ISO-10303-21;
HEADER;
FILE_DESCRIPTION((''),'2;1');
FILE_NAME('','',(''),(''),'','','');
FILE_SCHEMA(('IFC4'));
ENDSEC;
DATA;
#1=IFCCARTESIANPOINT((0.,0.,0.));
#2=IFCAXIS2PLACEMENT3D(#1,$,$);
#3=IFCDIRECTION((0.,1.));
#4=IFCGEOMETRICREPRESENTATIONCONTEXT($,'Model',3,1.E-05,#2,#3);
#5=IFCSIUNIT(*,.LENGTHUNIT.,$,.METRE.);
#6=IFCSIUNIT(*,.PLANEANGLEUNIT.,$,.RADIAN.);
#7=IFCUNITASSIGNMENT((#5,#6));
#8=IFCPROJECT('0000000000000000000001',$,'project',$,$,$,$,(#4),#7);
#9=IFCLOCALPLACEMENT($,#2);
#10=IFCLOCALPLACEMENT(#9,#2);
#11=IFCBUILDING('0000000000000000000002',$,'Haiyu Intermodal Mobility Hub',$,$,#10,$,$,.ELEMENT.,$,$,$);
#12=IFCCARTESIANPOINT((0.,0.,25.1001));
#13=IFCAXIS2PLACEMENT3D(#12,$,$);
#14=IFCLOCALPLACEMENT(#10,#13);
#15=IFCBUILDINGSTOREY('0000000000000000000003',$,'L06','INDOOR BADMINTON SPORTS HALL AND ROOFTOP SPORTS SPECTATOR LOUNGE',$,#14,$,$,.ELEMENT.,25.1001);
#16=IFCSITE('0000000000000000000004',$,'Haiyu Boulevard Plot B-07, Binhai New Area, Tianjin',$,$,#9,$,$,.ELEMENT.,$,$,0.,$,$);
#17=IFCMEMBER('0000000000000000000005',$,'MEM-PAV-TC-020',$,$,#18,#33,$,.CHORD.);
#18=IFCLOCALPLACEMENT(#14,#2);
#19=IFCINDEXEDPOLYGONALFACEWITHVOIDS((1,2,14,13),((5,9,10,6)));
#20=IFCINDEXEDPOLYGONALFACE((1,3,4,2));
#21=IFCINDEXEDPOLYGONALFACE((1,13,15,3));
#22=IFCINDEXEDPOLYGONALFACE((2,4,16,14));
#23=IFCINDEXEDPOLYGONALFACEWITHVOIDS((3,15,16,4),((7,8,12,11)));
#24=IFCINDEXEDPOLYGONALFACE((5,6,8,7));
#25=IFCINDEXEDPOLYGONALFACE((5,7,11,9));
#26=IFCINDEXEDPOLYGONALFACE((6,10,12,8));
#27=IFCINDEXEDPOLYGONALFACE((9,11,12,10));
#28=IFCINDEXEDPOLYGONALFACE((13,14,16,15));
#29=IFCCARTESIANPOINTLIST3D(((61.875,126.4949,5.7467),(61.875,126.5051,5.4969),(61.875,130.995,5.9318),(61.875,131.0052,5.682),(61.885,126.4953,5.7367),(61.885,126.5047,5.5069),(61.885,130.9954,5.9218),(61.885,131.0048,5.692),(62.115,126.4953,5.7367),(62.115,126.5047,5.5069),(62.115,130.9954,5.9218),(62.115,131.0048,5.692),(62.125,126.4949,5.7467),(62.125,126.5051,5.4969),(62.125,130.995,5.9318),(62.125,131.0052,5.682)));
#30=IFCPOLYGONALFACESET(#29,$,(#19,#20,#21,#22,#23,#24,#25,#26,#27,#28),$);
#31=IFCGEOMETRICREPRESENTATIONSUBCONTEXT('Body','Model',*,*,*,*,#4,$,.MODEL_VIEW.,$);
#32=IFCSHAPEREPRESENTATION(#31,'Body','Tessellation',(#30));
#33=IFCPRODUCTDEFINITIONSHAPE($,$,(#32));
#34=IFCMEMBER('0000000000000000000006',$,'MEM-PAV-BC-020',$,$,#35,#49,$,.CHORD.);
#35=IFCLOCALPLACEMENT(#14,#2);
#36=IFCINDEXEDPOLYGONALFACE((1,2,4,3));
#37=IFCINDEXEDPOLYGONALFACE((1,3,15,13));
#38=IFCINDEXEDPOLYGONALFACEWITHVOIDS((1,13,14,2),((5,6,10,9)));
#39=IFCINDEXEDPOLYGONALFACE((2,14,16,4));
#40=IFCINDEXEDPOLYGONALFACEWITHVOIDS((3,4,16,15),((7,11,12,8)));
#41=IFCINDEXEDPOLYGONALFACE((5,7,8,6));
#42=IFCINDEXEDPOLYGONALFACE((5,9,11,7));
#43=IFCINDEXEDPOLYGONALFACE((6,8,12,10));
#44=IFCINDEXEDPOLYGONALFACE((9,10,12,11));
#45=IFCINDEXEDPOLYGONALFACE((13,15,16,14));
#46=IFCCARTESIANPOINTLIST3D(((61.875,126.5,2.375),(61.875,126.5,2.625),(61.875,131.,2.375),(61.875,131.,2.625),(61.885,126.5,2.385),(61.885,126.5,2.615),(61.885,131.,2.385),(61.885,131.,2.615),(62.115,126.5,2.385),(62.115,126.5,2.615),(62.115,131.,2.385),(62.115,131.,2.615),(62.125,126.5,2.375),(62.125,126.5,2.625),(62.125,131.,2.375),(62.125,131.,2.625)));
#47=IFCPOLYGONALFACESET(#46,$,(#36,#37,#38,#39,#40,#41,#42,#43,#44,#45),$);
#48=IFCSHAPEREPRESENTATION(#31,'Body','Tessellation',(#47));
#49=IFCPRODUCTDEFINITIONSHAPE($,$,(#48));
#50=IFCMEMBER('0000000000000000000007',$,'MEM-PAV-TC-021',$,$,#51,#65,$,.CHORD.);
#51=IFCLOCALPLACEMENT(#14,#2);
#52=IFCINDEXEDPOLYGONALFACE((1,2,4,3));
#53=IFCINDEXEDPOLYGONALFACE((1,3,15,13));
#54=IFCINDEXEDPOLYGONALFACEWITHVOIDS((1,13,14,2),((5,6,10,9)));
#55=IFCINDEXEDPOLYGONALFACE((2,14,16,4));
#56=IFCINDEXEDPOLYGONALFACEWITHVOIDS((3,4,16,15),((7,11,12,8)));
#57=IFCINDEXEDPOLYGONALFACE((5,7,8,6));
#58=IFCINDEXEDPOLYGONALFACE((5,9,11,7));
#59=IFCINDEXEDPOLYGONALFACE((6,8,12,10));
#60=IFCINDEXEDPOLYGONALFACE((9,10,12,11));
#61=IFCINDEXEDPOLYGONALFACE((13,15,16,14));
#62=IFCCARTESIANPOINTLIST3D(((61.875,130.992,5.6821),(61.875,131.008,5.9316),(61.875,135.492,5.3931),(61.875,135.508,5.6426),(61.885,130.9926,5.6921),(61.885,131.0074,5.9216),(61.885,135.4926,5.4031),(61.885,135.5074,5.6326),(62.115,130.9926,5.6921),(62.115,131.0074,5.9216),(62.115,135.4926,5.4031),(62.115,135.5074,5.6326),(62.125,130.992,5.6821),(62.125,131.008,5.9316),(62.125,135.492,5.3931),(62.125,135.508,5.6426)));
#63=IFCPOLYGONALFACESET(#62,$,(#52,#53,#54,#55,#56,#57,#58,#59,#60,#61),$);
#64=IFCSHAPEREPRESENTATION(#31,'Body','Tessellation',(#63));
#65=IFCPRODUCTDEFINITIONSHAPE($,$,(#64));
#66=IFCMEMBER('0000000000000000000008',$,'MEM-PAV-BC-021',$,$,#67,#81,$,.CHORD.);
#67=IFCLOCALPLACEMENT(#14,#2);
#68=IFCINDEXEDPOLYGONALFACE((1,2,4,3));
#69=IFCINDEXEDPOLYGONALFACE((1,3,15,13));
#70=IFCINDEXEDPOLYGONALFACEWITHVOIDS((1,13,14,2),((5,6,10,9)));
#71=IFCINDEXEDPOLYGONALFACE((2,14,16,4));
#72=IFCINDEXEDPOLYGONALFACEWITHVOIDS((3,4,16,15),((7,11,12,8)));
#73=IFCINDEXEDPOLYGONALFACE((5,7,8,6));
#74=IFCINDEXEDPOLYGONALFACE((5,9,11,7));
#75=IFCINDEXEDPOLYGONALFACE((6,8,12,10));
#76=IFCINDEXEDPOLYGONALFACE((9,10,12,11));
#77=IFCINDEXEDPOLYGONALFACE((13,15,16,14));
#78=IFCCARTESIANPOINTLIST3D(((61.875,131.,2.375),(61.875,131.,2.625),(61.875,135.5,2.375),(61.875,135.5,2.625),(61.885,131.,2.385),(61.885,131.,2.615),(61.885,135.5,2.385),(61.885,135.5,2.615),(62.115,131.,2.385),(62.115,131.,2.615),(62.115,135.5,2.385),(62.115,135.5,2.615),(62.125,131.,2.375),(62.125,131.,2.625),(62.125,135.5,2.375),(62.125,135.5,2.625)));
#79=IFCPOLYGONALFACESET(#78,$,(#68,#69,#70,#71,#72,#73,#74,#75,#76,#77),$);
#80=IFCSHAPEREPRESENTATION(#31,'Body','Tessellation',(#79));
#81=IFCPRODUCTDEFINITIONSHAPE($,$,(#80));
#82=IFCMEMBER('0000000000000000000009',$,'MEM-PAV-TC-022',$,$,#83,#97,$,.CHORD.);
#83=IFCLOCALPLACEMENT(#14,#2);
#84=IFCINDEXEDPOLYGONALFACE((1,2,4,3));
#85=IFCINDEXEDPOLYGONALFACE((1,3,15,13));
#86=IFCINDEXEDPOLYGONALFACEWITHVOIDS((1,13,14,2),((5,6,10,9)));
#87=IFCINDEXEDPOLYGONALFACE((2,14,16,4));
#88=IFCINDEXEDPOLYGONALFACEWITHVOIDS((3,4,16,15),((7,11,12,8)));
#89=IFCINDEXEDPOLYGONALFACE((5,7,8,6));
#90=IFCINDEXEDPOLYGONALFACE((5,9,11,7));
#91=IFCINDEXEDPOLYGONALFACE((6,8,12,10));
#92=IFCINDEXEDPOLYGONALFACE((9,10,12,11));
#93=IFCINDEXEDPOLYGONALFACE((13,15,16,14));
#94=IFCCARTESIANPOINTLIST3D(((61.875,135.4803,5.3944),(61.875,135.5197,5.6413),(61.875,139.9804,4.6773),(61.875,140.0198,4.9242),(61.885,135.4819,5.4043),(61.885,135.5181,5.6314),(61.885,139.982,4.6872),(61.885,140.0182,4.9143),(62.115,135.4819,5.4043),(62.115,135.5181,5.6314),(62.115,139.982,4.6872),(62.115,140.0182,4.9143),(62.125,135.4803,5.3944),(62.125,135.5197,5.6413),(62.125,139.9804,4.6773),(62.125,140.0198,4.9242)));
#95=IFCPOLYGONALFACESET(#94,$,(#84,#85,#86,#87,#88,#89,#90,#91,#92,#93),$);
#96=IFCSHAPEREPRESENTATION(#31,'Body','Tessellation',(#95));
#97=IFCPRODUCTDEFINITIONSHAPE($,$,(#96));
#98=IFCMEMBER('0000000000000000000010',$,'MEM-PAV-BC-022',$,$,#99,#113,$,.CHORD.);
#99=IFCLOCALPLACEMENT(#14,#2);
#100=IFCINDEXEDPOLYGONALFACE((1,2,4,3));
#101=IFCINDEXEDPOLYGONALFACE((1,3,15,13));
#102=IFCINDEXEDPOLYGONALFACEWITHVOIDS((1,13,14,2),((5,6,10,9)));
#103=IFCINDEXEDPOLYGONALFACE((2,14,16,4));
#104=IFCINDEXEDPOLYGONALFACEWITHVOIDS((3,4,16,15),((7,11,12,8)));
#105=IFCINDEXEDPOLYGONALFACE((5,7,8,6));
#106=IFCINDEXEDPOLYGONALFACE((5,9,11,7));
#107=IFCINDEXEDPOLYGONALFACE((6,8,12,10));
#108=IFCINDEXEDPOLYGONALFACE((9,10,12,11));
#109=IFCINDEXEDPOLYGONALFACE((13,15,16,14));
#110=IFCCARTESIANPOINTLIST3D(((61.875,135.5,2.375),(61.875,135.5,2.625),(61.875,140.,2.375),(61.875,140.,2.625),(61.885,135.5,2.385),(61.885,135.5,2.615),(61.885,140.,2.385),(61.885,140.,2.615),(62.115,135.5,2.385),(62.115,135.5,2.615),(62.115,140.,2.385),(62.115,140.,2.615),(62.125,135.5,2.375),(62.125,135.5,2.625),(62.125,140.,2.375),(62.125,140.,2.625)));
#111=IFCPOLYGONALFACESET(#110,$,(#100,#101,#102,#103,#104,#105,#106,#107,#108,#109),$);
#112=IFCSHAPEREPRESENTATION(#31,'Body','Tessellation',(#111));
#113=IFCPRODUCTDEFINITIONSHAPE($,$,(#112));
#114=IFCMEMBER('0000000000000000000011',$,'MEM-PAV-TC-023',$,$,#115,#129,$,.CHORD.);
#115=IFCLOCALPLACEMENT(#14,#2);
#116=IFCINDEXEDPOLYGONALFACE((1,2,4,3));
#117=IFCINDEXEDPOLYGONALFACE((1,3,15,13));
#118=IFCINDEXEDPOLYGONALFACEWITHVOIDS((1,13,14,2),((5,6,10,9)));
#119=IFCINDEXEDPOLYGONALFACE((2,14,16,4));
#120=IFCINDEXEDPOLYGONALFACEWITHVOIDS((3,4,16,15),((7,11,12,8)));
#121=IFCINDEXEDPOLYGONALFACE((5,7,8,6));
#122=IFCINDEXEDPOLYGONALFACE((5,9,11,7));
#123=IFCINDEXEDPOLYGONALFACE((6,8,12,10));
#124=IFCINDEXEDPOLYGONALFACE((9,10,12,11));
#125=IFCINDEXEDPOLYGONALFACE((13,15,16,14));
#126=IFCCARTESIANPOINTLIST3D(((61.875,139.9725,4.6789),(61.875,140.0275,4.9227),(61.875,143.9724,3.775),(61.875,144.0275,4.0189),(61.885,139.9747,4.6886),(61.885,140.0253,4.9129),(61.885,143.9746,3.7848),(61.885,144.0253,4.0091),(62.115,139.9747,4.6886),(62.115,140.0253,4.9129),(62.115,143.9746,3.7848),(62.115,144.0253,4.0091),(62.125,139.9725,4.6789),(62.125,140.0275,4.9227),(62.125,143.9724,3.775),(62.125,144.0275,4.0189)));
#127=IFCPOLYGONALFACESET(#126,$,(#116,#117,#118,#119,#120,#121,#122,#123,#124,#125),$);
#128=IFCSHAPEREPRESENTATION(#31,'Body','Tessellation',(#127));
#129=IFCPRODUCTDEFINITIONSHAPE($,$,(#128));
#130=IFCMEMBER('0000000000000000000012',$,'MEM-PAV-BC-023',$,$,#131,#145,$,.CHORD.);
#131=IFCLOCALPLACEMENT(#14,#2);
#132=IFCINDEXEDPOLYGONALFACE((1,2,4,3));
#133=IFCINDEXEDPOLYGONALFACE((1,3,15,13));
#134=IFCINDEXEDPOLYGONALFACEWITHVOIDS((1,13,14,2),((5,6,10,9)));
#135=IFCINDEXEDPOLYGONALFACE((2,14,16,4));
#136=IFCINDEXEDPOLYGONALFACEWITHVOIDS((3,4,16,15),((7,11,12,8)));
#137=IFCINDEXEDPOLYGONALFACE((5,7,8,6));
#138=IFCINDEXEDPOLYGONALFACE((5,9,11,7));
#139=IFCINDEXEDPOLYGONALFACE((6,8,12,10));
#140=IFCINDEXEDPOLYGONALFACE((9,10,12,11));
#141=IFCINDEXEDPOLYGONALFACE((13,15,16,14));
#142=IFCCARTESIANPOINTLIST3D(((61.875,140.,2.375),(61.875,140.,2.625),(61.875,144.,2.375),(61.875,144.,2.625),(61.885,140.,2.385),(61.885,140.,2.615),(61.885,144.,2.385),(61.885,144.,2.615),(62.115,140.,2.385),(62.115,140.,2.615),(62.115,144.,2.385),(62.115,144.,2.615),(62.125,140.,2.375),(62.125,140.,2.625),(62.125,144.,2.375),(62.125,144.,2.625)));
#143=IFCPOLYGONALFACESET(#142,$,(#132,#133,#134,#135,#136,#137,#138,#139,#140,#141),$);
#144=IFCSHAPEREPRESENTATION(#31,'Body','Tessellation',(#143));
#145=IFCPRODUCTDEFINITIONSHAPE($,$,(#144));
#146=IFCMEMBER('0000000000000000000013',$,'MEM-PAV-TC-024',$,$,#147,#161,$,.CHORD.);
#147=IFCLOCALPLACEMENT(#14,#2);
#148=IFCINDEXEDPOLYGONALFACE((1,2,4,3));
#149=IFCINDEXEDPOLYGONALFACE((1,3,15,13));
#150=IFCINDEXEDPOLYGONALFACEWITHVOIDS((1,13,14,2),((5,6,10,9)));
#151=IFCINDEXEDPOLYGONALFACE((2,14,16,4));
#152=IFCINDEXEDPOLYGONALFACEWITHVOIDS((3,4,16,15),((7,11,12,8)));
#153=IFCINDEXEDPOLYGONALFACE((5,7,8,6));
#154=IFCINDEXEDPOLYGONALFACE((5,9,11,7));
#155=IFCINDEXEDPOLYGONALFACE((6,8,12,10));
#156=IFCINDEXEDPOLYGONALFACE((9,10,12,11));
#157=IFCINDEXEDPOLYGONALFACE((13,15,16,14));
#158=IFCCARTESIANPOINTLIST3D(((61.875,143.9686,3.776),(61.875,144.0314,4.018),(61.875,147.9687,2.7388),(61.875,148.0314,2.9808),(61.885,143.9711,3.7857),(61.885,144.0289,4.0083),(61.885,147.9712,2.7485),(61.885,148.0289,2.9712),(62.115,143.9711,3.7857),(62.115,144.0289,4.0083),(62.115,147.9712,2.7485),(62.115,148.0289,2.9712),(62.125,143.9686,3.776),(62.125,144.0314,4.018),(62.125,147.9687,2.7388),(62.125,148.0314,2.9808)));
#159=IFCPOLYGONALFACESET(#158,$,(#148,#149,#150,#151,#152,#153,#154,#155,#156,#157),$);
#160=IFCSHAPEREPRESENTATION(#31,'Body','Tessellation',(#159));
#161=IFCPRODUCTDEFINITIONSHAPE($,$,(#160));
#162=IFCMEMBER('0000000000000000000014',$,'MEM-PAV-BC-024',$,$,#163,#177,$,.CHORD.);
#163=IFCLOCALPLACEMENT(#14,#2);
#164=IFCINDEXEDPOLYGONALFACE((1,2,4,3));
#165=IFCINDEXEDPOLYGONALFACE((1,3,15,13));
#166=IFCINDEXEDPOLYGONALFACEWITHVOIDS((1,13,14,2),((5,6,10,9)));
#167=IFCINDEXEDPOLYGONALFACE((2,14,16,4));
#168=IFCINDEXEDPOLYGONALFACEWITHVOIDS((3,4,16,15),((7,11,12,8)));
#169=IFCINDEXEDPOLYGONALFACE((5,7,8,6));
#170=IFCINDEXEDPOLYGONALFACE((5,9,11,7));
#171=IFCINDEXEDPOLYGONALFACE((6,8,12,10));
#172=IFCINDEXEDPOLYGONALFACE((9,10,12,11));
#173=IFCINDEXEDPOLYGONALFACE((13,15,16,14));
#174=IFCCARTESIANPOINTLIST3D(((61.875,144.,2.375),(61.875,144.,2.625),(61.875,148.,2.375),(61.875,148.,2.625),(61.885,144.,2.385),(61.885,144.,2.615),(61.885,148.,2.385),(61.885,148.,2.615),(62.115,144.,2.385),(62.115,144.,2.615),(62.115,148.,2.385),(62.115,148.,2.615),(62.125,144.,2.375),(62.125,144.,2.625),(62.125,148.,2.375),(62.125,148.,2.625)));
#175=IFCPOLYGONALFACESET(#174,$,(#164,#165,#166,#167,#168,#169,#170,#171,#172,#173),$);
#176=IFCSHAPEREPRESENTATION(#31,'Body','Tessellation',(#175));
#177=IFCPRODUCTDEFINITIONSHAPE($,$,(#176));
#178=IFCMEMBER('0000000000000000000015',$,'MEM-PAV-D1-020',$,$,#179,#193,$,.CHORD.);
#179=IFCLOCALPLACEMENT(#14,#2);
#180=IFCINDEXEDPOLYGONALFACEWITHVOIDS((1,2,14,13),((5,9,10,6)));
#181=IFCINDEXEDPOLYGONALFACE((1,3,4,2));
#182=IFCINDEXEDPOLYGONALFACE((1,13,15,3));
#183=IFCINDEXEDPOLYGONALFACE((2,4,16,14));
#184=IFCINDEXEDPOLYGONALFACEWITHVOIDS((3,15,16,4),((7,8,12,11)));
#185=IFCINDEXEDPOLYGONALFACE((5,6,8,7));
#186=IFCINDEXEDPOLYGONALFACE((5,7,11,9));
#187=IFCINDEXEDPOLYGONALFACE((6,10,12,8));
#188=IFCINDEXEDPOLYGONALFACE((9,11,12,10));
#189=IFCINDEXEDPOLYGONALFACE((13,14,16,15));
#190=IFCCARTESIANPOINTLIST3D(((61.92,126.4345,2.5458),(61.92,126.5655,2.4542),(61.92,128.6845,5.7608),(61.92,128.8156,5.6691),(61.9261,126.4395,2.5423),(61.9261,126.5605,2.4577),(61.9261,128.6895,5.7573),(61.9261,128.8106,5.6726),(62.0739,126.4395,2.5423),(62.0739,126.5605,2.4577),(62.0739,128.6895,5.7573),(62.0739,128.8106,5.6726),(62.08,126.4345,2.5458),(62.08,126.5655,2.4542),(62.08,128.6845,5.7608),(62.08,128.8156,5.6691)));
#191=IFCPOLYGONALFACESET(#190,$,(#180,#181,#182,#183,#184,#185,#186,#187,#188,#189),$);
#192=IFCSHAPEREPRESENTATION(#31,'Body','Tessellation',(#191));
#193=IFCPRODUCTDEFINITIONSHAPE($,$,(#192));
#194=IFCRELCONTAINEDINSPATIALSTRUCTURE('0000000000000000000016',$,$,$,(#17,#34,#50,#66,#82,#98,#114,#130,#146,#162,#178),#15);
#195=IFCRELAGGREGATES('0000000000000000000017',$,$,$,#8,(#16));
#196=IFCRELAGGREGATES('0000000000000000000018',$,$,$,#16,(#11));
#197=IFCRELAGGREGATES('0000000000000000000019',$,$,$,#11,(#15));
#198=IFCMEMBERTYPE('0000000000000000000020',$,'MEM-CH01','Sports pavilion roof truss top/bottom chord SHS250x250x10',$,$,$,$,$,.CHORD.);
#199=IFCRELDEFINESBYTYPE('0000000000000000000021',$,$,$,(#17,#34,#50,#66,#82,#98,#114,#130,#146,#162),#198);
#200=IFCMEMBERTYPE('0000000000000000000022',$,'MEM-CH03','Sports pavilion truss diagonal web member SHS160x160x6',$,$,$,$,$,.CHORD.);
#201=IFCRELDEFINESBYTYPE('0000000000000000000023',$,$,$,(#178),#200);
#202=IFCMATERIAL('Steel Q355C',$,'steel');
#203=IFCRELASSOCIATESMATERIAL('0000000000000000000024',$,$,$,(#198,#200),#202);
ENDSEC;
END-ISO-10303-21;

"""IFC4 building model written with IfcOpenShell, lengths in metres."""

from ifc_helpers import new_model, si_unit, direction, frame, origin, origin_2d, place, context, subcontext, project, spatial, hollow_rectangle, extrude, material, material_profile, profile_set, type_object, element, save


model = new_model("IFC4")

# Units and contexts
model_context = context("Model", 3, precision=1e-05, world=origin(), true_north=direction((0.0, 1.0)))
body_context = subcontext(model_context, "Body", "Model", "MODEL_VIEW")
ifc_project = project(units=[si_unit("LENGTHUNIT", "METRE"), si_unit("PLANEANGLEUNIT", "RADIAN")], contexts=[model_context])

# Site, building, storey
site_placement = place(None, origin())
site = spatial("IfcSite", under=ifc_project, at=site_placement, Name="Haiyu Boulevard Plot B-07, Binhai New Area, Tianjin", CompositionType="ELEMENT", RefElevation=0.0)
building_placement = place(site_placement, origin())
building = spatial("IfcBuilding", under=site, at=building_placement, Name="Haiyu Intermodal Mobility Hub", CompositionType="ELEMENT")
storey_placement = place(building_placement, frame((0.0, 0.0, 25.1001)))
storey = spatial("IfcBuildingStorey", under=building, at=storey_placement, Name="L06", Description="INDOOR BADMINTON SPORTS HALL AND ROOFTOP SPORTS SPECTATOR LOUNGE", CompositionType="ELEMENT", Elevation=25.1001)

# Members
ifc_material_1 = material(Name="Steel Q355C", Category="steel")
ifc_material_profile_1 = material_profile(ifc_material_1, hollow_rectangle(XDim=0.25, YDim=0.25, WallThickness=0.01, at=origin_2d()), Name="SHS250x250x10")
ifc_profile_set_1 = profile_set([ifc_material_profile_1], Name="Steel Q355C")
member_type_1 = type_object("IfcMemberType", Name="MEM-CH01", Description="Sports pavilion roof truss top/bottom chord SHS250x250x10", PredefinedType="CHORD", material=ifc_profile_set_1)
member_1_placement = place(storey_placement, frame((62.0, 126.5, 5.6218), z_axis=(0.0, 0.999155, 0.041089), x_axis=(-1.0, 0.0, 0.0)))
element("IfcMember", 1, at=member_1_placement, inside=storey, type_object=member_type_1, Name="MEM-PAV-TC-020", PredefinedType="CHORD", context=body_context, shape_type="SweptSolid", body=[
    extrude(hollow_rectangle(XDim=0.25, YDim=0.25, WallThickness=0.01, at=origin_2d()), origin(), (0.0, 0.0, 1.0), 4.5039),
])
member_2_placement = place(storey_placement, frame((62.0, 126.5, 2.5), z_axis=(0.0, 1.0, 0.0), x_axis=(-1.0, 0.0, 0.0)))
element("IfcMember", 2, at=member_2_placement, inside=storey, type_object=member_type_1, Name="MEM-PAV-BC-020", PredefinedType="CHORD", context=body_context, shape_type="SweptSolid", body=[
    extrude(hollow_rectangle(XDim=0.25, YDim=0.25, WallThickness=0.01, at=origin_2d()), origin(), (0.0, 0.0, 1.0), 4.5),
])
member_3_placement = place(storey_placement, frame((62.0, 131.0, 5.8069), z_axis=(0.0, 0.997943, -0.064104), x_axis=(-1.0, 0.0, 0.0)))
element("IfcMember", 3, at=member_3_placement, inside=storey, type_object=member_type_1, Name="MEM-PAV-TC-021", PredefinedType="CHORD", context=body_context, shape_type="SweptSolid", body=[
    extrude(hollow_rectangle(XDim=0.25, YDim=0.25, WallThickness=0.01, at=origin_2d()), origin(), (0.0, 0.0, 1.0), 4.5093),
])
member_4_placement = place(storey_placement, frame((62.0, 131.0, 2.5), z_axis=(0.0, 1.0, 0.0), x_axis=(-1.0, 0.0, 0.0)))
element("IfcMember", 4, at=member_4_placement, inside=storey, type_object=member_type_1, Name="MEM-PAV-BC-021", PredefinedType="CHORD", context=body_context, shape_type="SweptSolid", body=[
    extrude(hollow_rectangle(XDim=0.25, YDim=0.25, WallThickness=0.01, at=origin_2d()), origin(), (0.0, 0.0, 1.0), 4.5),
])
member_5_placement = place(storey_placement, frame((62.0, 135.5, 5.5178), z_axis=(0.0, 0.987542, -0.157357), x_axis=(-1.0, 0.0, 0.0)))
element("IfcMember", 5, at=member_5_placement, inside=storey, type_object=member_type_1, Name="MEM-PAV-TC-022", PredefinedType="CHORD", context=body_context, shape_type="SweptSolid", body=[
    extrude(hollow_rectangle(XDim=0.25, YDim=0.25, WallThickness=0.01, at=origin_2d()), origin(), (0.0, 0.0, 1.0), 4.5569),
])
member_6_placement = place(storey_placement, frame((62.0, 135.5, 2.5), z_axis=(0.0, 1.0, 0.0), x_axis=(-1.0, 0.0, 0.0)))
element("IfcMember", 6, at=member_6_placement, inside=storey, type_object=member_type_1, Name="MEM-PAV-BC-022", PredefinedType="CHORD", context=body_context, shape_type="SweptSolid", body=[
    extrude(hollow_rectangle(XDim=0.25, YDim=0.25, WallThickness=0.01, at=origin_2d()), origin(), (0.0, 0.0, 1.0), 4.5),
])
member_7_placement = place(storey_placement, frame((62.0, 140.0, 4.8008), z_axis=(0.0, 0.97541, -0.220396), x_axis=(-1.0, 0.0, 0.0)))
element("IfcMember", 7, at=member_7_placement, inside=storey, type_object=member_type_1, Name="MEM-PAV-TC-023", PredefinedType="CHORD", context=body_context, shape_type="SweptSolid", body=[
    extrude(hollow_rectangle(XDim=0.25, YDim=0.25, WallThickness=0.01, at=origin_2d()), origin(), (0.0, 0.0, 1.0), 4.1008),
])
member_8_placement = place(storey_placement, frame((62.0, 140.0, 2.5), z_axis=(0.0, 1.0, 0.0), x_axis=(-1.0, 0.0, 0.0)))
element("IfcMember", 8, at=member_8_placement, inside=storey, type_object=member_type_1, Name="MEM-PAV-BC-023", PredefinedType="CHORD", context=body_context, shape_type="SweptSolid", body=[
    extrude(hollow_rectangle(XDim=0.25, YDim=0.25, WallThickness=0.01, at=origin_2d()), origin(), (0.0, 0.0, 1.0), 4.0),
])
member_9_placement = place(storey_placement, frame((62.0, 144.0, 3.897), z_axis=(0.0, 0.967993, -0.250979), x_axis=(-1.0, 0.0, 0.0)))
element("IfcMember", 9, at=member_9_placement, inside=storey, type_object=member_type_1, Name="MEM-PAV-TC-024", PredefinedType="CHORD", context=body_context, shape_type="SweptSolid", body=[
    extrude(hollow_rectangle(XDim=0.25, YDim=0.25, WallThickness=0.01, at=origin_2d()), origin(), (0.0, 0.0, 1.0), 4.1323),
])
member_10_placement = place(storey_placement, frame((62.0, 144.0, 2.5), z_axis=(0.0, 1.0, 0.0), x_axis=(-1.0, 0.0, 0.0)))
element("IfcMember", 10, at=member_10_placement, inside=storey, type_object=member_type_1, Name="MEM-PAV-BC-024", PredefinedType="CHORD", context=body_context, shape_type="SweptSolid", body=[
    extrude(hollow_rectangle(XDim=0.25, YDim=0.25, WallThickness=0.01, at=origin_2d()), origin(), (0.0, 0.0, 1.0), 4.0),
])
ifc_material_profile_2 = material_profile(ifc_material_1, hollow_rectangle(XDim=0.1599, YDim=0.1599, WallThickness=0.0061, at=origin_2d()), Name="SHS160x160x6")
ifc_profile_set_2 = profile_set([ifc_material_profile_2], Name="Steel Q355C")
member_type_2 = type_object("IfcMemberType", Name="MEM-CH03", Description="Sports pavilion truss diagonal web member SHS160x160x6", PredefinedType="CHORD", material=ifc_profile_set_2)
for number, where, z_axis, x_axis, name in (
    (11, (62.0, 126.5, 2.5), (0.0, 0.573396, 0.819279), (-1.0, 0.0, 0.0), "MEM-PAV-D1-020"),
):
    element("IfcMember", number, at=place(storey_placement, frame(where, z_axis=z_axis, x_axis=x_axis)), inside=storey, type_object=member_type_2, Name=name, PredefinedType="CHORD", context=body_context, shape_type="SweptSolid", body=[
        extrude(hollow_rectangle(XDim=0.1599, YDim=0.1599, WallThickness=0.0061, at=origin_2d()), origin(), (0.0, 0.0, 1.0), 3.9241),
    ])

save(model, "model.ifc")
